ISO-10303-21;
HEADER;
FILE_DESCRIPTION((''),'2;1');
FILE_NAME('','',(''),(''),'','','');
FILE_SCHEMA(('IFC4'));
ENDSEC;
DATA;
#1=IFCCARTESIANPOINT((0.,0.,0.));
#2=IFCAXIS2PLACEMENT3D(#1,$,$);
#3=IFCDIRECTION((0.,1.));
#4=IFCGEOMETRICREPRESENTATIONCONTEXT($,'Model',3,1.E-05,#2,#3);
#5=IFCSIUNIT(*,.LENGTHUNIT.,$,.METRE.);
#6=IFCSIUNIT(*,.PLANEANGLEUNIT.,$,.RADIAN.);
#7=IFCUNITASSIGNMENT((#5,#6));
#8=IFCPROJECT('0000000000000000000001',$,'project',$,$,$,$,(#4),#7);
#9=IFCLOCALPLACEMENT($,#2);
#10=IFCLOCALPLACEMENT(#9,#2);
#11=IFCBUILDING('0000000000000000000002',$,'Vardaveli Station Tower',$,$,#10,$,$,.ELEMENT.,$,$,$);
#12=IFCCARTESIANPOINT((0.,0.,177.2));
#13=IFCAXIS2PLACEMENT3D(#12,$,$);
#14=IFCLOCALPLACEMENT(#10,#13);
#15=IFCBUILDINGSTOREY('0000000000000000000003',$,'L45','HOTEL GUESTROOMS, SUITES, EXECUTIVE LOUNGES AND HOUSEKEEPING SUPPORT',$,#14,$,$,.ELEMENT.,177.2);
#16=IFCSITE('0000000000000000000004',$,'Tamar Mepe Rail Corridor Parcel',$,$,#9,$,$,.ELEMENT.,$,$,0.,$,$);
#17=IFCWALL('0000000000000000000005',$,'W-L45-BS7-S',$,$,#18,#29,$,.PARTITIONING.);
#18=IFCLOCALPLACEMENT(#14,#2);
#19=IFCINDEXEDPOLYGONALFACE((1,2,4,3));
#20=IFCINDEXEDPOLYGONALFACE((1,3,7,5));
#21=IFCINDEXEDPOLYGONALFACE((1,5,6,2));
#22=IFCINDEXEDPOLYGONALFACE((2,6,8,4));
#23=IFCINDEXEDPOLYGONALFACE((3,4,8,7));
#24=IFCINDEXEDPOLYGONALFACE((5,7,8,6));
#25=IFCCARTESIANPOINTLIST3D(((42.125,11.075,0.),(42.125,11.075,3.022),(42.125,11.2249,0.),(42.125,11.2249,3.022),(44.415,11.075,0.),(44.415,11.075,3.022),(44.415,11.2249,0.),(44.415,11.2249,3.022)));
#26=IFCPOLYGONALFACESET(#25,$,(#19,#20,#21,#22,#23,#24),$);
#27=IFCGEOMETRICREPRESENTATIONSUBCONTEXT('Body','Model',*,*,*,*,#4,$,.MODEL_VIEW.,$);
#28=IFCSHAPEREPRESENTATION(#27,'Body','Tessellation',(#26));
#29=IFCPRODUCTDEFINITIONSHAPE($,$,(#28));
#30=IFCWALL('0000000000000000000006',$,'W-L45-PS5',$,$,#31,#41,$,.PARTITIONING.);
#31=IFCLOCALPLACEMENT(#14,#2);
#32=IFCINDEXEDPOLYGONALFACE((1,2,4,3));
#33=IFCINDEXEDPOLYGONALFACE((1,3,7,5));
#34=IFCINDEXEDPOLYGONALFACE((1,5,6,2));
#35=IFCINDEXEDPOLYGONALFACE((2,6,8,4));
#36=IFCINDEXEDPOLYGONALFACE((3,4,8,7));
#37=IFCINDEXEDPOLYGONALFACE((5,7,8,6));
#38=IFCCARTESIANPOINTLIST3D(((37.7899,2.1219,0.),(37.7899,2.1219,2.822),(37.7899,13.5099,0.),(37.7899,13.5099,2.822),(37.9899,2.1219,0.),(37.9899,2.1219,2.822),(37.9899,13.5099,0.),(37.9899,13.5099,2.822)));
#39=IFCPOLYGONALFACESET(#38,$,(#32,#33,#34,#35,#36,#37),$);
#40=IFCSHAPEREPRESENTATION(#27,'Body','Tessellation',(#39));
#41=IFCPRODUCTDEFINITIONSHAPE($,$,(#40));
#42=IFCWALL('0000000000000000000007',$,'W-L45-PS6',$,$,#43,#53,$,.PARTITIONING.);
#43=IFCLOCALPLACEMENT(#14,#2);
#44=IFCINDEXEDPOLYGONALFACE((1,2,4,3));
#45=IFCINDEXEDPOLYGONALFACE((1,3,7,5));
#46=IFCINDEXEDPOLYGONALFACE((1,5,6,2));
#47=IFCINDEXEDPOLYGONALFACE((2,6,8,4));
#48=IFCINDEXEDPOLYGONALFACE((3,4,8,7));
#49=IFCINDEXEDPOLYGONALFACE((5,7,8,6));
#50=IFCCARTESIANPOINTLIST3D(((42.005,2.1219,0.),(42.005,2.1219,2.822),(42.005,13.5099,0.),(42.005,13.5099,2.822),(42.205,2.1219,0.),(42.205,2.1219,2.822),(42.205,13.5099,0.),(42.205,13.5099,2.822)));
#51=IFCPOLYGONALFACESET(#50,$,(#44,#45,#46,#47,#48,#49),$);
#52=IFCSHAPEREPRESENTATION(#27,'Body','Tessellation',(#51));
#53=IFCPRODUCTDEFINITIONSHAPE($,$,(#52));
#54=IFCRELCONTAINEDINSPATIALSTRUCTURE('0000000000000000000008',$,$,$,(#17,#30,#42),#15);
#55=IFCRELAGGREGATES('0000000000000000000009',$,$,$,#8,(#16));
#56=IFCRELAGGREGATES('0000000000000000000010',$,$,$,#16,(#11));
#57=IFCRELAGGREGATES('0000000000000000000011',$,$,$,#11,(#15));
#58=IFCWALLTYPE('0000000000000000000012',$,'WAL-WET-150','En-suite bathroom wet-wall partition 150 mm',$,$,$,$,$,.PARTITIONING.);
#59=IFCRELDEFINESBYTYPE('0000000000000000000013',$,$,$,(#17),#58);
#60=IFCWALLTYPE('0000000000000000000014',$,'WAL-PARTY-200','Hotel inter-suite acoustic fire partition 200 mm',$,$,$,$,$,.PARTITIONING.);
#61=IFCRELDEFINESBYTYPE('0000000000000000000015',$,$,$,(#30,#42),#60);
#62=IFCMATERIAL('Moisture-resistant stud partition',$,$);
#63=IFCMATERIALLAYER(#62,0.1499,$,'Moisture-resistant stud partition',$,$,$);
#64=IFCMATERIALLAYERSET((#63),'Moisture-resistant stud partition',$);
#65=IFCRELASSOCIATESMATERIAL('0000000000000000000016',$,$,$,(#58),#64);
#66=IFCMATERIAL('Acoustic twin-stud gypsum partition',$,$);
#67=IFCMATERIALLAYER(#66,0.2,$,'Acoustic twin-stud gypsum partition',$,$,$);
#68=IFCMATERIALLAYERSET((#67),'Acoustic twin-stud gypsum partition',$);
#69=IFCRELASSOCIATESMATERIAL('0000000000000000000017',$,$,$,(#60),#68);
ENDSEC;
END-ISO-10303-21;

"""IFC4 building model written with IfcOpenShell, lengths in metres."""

from ifc_helpers import new_model, si_unit, direction, frame, frame_2d, origin, place, context, subcontext, project, spatial, rectangle, extrude, source, transform, mapped, material, layer, layer_set, type_object, element, save


model = new_model("IFC4")

# Units and contexts
model_context = context("Model", 3, precision=1e-05, world=origin(), true_north=direction((0.0, 1.0)))
body_context = subcontext(model_context, "Body", "Model", "MODEL_VIEW")
ifc_project = project(units=[si_unit("LENGTHUNIT", "METRE"), si_unit("PLANEANGLEUNIT", "RADIAN")], contexts=[model_context])

# Site, building, storey
site_placement = place(None, origin())
site = spatial("IfcSite", under=ifc_project, at=site_placement, Name="Tamar Mepe Rail Corridor Parcel", CompositionType="ELEMENT", RefElevation=0.0)
building_placement = place(site_placement, origin())
building = spatial("IfcBuilding", under=site, at=building_placement, Name="Vardaveli Station Tower", CompositionType="ELEMENT")
storey_placement = place(building_placement, frame((0.0, 0.0, 177.2)))
storey = spatial("IfcBuildingStorey", under=building, at=storey_placement, Name="L45", Description="HOTEL GUESTROOMS, SUITES, EXECUTIVE LOUNGES AND HOUSEKEEPING SUPPORT", CompositionType="ELEMENT", Elevation=177.2)

# Shared definitions
ifc_material_1 = material(Name="Moisture-resistant stud partition")
ifc_layer_1 = layer(ifc_material_1, 0.1499, Name="Moisture-resistant stud partition")
ifc_layer_set_1 = layer_set([ifc_layer_1], Name="Moisture-resistant stud partition")
wall_type_1 = type_object("IfcWallType", Name="WAL-WET-150", Description="En-suite bathroom wet-wall partition 150 mm", PredefinedType="PARTITIONING", material=ifc_layer_set_1)

# Walls
shared_shape_1 = source(origin(), body_context, "Body", "SweptSolid", [
    extrude(rectangle(XDim=2.29, YDim=0.1499, at=frame_2d((1.145, 0.0))), origin(), (0.0, 0.0, 1.0), 3.022),
])
wall_1_placement = place(storey_placement, frame((42.125, 11.1499, 0.0), z_axis=(0.0, 0.0, 1.0), x_axis=(1.0, 0.0, 0.0)))
element("IfcWall", 1, at=wall_1_placement, inside=storey, type_object=wall_type_1, Name="W-L45-BS7-S", PredefinedType="PARTITIONING", context=body_context, shape_type="MappedRepresentation", body=[
    mapped(shared_shape_1, transform((0.0, 0.0, 0.0), scale=1.0)),
])
ifc_material_2 = material(Name="Acoustic twin-stud gypsum partition")
ifc_layer_2 = layer(ifc_material_2, 0.2, Name="Acoustic twin-stud gypsum partition")
ifc_layer_set_2 = layer_set([ifc_layer_2], Name="Acoustic twin-stud gypsum partition")
wall_type_2 = type_object("IfcWallType", Name="WAL-PARTY-200", Description="Hotel inter-suite acoustic fire partition 200 mm", PredefinedType="PARTITIONING", material=ifc_layer_set_2)
shared_shape_2 = source(origin(), body_context, "Body", "SweptSolid", [
    extrude(rectangle(XDim=11.3879, YDim=0.2, at=frame_2d((5.6938, 0.0))), origin(), (0.0, 0.0, 1.0), 2.822),
])
for number, where, z_axis, x_axis, name in (
    (2, (37.8899, 2.1221, 0.0), (0.0, 0.0, 1.0), (0.0, 1.0, 0.0), "W-L45-PS5"),
    (3, (42.105, 2.1221, 0.0), (0.0, 0.0, 1.0), (0.0, 1.0, 0.0), "W-L45-PS6"),
):
    element("IfcWall", number, at=place(storey_placement, frame(where, z_axis=z_axis, x_axis=x_axis)), inside=storey, type_object=wall_type_2, Name=name, PredefinedType="PARTITIONING", context=body_context, shape_type="MappedRepresentation", body=[
        mapped(shared_shape_2, transform((0.0, 0.0, 0.0), scale=1.0)),
    ])

save(model, "model.ifc")
